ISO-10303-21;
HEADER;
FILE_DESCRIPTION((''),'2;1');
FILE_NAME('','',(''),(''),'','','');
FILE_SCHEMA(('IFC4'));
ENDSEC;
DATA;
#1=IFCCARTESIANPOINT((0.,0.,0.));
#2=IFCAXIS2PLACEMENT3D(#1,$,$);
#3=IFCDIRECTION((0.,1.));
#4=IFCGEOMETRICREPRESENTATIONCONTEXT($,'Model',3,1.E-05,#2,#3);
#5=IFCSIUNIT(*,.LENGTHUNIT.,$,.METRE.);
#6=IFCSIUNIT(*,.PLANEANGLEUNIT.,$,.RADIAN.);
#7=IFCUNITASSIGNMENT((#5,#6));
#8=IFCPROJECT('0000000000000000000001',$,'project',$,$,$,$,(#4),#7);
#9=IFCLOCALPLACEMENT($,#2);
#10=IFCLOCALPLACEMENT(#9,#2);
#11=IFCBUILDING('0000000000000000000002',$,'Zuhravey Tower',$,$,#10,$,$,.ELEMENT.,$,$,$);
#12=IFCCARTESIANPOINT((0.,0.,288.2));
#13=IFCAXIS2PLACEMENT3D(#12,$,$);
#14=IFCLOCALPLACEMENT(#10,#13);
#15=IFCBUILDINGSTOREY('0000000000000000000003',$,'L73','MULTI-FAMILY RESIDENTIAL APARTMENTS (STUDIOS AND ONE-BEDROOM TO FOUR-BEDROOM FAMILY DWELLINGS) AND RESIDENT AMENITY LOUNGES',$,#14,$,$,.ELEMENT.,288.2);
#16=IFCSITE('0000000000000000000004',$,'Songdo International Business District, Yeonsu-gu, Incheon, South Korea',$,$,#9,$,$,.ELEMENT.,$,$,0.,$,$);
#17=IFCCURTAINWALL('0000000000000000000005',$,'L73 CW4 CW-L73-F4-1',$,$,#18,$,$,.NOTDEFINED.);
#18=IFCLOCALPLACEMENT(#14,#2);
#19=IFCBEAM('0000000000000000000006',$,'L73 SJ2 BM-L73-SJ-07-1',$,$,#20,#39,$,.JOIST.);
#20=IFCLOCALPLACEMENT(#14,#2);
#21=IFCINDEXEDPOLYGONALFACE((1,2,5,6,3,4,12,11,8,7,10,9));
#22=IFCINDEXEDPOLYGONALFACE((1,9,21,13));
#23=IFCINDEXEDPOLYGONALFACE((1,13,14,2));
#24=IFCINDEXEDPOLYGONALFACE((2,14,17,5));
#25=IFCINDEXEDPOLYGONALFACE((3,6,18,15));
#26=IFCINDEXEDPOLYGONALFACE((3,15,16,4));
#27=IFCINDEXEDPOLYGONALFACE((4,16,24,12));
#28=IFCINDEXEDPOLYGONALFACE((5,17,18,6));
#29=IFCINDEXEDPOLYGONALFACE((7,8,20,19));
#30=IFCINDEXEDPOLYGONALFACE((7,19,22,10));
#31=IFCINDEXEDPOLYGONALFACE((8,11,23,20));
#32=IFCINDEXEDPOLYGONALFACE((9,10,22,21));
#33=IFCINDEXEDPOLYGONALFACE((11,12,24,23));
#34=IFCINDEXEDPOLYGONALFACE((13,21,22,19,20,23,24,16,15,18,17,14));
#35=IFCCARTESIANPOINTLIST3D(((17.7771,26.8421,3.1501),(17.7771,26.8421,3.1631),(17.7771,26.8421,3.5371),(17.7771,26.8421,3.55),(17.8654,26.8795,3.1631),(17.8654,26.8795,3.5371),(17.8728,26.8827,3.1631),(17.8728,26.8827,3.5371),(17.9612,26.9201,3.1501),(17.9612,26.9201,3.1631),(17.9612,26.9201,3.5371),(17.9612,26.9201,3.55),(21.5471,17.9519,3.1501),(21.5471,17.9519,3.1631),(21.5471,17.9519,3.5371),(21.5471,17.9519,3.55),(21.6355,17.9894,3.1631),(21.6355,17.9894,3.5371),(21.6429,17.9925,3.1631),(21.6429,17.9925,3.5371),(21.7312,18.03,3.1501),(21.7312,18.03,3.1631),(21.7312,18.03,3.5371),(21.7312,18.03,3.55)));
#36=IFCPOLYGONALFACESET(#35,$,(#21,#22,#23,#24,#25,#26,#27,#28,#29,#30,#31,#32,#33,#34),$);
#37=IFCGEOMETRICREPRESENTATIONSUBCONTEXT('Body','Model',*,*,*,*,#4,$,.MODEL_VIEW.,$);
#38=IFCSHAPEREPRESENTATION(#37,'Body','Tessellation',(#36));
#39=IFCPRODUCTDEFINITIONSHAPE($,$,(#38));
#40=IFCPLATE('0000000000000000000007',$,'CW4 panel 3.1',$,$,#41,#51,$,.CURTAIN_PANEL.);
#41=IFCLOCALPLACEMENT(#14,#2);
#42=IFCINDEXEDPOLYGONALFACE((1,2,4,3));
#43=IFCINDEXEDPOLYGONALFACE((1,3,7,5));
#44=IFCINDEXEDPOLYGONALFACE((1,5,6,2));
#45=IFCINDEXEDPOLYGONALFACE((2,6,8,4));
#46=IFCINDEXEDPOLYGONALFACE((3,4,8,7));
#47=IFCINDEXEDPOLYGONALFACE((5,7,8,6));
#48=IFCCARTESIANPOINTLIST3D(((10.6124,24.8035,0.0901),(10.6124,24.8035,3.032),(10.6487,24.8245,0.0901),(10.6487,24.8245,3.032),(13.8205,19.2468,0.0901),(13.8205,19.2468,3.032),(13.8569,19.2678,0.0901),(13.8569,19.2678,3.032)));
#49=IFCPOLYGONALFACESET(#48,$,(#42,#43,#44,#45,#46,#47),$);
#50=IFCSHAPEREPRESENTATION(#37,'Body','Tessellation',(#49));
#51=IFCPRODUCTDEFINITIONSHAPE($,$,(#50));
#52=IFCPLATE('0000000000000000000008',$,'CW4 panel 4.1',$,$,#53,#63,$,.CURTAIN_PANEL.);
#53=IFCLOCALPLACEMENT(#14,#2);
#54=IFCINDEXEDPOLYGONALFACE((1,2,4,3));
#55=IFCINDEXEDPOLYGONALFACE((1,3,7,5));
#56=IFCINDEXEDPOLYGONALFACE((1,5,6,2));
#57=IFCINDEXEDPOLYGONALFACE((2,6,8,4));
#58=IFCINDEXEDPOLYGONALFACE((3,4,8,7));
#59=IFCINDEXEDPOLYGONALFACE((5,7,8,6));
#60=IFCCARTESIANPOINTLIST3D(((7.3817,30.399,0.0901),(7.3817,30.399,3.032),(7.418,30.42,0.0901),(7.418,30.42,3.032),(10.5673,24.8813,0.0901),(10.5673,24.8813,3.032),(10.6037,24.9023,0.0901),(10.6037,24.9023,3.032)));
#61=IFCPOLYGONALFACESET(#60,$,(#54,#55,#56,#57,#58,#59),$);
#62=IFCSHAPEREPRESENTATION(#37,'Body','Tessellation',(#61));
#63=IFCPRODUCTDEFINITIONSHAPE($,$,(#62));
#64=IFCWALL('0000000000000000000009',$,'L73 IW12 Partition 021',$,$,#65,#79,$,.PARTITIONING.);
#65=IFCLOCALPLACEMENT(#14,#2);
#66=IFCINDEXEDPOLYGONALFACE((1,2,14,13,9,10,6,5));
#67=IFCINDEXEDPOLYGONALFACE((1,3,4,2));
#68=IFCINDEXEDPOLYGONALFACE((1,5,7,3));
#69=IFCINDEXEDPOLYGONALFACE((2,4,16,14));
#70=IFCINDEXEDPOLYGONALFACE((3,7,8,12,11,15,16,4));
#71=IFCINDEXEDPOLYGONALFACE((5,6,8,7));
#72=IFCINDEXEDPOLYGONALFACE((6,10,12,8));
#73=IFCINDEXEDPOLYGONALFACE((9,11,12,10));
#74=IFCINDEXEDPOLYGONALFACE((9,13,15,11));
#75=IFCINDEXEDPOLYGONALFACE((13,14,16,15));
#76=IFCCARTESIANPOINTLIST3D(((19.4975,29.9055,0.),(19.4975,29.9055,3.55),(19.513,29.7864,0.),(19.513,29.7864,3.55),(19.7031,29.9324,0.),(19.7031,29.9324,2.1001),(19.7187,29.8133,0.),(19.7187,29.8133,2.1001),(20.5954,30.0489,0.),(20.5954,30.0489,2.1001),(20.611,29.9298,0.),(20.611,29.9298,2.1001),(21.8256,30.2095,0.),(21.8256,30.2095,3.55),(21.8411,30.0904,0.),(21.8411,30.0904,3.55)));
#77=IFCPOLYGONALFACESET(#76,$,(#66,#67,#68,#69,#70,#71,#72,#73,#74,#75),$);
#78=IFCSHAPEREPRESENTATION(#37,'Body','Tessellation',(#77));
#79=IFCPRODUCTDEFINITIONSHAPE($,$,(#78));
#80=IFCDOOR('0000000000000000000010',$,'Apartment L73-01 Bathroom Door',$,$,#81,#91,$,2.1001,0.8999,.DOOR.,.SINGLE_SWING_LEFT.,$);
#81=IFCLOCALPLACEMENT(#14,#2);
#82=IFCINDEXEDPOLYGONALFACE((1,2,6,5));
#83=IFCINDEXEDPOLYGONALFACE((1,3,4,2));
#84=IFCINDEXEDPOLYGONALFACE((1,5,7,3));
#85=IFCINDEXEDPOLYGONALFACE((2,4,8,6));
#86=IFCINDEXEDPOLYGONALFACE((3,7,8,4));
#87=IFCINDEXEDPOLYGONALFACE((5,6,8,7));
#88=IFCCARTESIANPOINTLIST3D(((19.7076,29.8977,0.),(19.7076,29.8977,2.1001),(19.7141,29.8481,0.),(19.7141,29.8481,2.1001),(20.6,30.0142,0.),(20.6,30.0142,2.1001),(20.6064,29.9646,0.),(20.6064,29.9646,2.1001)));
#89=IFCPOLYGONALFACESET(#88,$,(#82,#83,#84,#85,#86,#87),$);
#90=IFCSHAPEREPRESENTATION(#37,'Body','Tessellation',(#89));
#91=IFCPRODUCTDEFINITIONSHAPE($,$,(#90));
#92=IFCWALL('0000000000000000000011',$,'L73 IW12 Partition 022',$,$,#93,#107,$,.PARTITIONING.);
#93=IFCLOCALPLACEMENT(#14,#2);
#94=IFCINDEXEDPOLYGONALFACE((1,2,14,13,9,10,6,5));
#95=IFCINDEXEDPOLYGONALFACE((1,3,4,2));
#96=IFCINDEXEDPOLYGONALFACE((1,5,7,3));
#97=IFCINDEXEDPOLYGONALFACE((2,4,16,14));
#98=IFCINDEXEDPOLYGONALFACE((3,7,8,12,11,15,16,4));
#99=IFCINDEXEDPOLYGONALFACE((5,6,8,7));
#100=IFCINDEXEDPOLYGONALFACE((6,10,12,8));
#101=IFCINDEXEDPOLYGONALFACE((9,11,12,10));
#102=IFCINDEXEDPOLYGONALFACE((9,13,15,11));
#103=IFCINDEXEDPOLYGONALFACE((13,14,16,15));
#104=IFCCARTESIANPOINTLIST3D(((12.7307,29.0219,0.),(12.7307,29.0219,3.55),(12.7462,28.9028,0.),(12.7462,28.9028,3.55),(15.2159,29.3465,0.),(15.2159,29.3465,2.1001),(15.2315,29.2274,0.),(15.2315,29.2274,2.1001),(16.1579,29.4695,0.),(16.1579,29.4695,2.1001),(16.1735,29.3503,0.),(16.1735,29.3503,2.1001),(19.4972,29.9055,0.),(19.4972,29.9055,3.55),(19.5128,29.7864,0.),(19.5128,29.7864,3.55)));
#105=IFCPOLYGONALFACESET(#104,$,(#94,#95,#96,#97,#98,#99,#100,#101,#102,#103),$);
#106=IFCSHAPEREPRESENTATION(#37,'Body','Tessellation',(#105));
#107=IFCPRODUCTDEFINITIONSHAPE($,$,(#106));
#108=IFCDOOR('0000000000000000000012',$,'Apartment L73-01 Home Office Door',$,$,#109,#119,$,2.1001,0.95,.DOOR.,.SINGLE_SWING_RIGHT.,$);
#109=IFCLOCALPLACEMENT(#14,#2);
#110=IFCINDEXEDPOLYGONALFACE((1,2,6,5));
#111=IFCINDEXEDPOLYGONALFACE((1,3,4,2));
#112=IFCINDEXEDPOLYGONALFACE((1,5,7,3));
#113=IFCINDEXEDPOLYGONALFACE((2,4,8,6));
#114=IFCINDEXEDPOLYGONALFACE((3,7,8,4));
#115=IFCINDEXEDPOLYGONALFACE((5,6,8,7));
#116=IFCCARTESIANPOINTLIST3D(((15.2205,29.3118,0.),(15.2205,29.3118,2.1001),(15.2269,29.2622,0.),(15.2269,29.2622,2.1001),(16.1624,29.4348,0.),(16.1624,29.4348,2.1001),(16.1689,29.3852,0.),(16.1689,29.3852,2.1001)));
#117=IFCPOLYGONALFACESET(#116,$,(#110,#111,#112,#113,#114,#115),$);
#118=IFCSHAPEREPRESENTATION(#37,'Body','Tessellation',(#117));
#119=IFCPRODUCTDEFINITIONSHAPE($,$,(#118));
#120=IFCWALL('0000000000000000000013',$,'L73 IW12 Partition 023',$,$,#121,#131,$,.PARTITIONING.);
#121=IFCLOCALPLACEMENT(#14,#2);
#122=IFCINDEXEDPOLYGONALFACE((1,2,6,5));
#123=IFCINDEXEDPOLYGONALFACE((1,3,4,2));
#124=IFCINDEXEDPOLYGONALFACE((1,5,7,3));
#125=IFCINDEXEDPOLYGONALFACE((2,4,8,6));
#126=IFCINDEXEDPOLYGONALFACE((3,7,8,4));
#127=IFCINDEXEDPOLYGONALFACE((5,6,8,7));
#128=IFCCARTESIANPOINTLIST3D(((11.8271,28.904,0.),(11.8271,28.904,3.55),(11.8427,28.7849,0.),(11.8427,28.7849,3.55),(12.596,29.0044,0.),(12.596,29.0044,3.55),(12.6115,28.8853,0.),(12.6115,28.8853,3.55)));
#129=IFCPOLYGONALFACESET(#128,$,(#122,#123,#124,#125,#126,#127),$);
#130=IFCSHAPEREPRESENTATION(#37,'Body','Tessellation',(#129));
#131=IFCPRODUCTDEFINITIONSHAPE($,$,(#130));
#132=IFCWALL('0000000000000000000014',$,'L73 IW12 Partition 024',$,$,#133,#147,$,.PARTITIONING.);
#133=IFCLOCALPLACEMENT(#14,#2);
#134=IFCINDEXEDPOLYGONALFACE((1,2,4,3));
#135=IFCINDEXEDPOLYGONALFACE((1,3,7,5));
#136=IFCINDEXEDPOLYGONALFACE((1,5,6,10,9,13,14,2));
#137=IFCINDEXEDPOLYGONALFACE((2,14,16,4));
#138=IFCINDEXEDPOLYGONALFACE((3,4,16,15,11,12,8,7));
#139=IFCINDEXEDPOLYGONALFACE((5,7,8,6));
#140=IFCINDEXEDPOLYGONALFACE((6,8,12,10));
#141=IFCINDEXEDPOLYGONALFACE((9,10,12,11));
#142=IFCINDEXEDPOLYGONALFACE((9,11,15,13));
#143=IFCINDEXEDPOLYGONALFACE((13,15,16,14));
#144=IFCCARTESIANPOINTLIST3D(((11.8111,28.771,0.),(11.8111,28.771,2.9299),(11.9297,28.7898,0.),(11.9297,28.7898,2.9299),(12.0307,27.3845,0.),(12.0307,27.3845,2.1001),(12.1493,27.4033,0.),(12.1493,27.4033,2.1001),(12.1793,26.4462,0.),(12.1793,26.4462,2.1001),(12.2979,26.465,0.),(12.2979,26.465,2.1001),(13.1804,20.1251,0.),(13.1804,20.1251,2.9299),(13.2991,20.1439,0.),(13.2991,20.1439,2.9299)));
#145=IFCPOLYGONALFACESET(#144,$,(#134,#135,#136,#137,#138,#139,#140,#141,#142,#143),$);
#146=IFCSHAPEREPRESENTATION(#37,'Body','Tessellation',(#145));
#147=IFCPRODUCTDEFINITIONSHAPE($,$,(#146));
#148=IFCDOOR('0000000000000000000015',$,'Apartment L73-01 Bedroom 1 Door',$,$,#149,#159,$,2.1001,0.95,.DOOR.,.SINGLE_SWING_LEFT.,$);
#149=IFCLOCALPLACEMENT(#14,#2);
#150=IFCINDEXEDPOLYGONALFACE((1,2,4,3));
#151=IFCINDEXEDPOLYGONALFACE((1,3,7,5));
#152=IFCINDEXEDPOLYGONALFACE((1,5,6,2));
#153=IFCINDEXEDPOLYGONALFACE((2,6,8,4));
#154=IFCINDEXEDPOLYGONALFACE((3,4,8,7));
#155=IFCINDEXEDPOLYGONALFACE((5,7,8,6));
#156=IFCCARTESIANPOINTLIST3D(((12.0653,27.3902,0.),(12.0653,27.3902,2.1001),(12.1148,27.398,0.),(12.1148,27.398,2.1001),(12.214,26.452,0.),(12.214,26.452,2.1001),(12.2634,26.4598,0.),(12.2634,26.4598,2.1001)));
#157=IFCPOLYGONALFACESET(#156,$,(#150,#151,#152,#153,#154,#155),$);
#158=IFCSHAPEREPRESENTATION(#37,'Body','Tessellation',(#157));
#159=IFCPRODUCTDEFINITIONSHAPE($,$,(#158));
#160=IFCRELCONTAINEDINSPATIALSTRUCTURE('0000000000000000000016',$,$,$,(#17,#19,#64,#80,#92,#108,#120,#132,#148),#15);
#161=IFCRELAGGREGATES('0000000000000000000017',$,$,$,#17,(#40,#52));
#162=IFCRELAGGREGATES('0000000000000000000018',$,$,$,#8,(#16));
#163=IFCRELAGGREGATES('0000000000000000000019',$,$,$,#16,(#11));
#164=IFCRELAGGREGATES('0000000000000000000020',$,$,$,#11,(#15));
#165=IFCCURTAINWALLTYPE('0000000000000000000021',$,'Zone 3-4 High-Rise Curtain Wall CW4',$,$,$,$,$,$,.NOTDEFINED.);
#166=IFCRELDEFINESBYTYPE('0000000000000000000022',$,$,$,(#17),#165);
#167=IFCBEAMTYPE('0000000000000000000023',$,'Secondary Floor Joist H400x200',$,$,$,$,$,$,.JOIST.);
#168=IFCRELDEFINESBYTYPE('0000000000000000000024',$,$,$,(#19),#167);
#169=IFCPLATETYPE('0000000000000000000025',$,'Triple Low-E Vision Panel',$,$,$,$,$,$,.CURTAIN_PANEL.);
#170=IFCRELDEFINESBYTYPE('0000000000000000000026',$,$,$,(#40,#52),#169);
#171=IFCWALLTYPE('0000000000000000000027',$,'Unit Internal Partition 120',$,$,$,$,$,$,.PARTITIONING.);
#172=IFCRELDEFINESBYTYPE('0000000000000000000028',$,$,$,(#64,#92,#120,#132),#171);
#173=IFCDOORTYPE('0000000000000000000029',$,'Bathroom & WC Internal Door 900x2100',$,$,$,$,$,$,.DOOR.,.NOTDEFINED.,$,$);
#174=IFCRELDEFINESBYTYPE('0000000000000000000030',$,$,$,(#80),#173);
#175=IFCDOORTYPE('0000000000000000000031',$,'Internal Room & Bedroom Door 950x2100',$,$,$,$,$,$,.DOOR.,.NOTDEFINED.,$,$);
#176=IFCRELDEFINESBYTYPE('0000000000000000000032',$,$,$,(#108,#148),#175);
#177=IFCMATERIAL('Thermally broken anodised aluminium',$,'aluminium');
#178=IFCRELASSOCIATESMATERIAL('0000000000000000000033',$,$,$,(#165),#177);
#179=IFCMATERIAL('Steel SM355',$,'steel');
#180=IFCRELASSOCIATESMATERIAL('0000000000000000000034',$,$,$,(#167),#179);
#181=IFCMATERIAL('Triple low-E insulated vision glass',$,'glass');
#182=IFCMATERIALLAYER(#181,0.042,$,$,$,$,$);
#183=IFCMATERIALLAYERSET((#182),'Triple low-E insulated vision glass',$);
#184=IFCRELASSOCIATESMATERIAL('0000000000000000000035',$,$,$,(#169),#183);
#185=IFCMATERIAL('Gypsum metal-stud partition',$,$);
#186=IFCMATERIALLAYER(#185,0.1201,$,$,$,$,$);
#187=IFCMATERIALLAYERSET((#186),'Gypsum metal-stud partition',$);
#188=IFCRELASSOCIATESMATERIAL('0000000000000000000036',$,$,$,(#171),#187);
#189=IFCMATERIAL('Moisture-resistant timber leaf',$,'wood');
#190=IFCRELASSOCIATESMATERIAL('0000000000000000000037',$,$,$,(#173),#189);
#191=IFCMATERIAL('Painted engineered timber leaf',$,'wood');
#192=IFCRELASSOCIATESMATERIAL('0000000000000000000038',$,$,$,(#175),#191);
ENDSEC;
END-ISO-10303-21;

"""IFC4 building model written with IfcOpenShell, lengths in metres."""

from ifc_helpers import new_model, si_unit, direction, frame, frame_2d, origin, origin_2d, place, context, subcontext, project, spatial, rectangle, i_section, extrude, material, layer, layer_set, material_profile, profile_set, type_object, element, fill, aggregate, save


model = new_model("IFC4")

# Units and contexts
model_context = context("Model", 3, precision=1e-05, world=origin(), true_north=direction((0.0, 1.0)))
body_context = subcontext(model_context, "Body", "Model", "MODEL_VIEW")
ifc_project = project(units=[si_unit("LENGTHUNIT", "METRE"), si_unit("PLANEANGLEUNIT", "RADIAN")], contexts=[model_context])

# Site, building, storey
site_placement = place(None, origin())
site = spatial("IfcSite", under=ifc_project, at=site_placement, Name="Songdo International Business District, Yeonsu-gu, Incheon, South Korea", CompositionType="ELEMENT", RefElevation=0.0)
building_placement = place(site_placement, origin())
building = spatial("IfcBuilding", under=site, at=building_placement, Name="Zuhravey Tower", CompositionType="ELEMENT")
storey_placement = place(building_placement, frame((0.0, 0.0, 288.2)))
storey = spatial("IfcBuildingStorey", under=building, at=storey_placement, Name="L73", Description="MULTI-FAMILY RESIDENTIAL APARTMENTS (STUDIOS AND ONE-BEDROOM TO FOUR-BEDROOM FAMILY DWELLINGS) AND RESIDENT AMENITY LOUNGES", CompositionType="ELEMENT", Elevation=288.2)

# Curtain wall
ifc_material_1 = material(Name="Thermally broken anodised aluminium", Category="aluminium")
curtain_wall_type = type_object("IfcCurtainWallType", Name="Zone 3-4 High-Rise Curtain Wall CW4", PredefinedType="NOTDEFINED", material=ifc_material_1)
curtain_wall_placement = place(storey_placement, origin())
curtain_wall = element("IfcCurtainWall", 1, at=curtain_wall_placement, inside=storey, type_object=curtain_wall_type, Name="L73 CW4 CW-L73-F4-1", PredefinedType="NOTDEFINED")

# Beam
ifc_material_2 = material(Name="Steel SM355", Category="steel")
ifc_material_profile_1 = material_profile(ifc_material_2, i_section(OverallWidth=0.2, OverallDepth=0.3999, WebThickness=0.0081, FlangeThickness=0.0129, at=origin_2d()), Name="H-400x200x8x13")
ifc_profile_set_1 = profile_set([ifc_material_profile_1], Name="Steel SM355")
beam_type_1 = type_object("IfcBeamType", Name="Secondary Floor Joist H400x200", PredefinedType="JOIST", material=ifc_profile_set_1)
beam_1_placement = place(storey_placement, frame((17.8691, 26.8811, 3.3501), z_axis=(0.390413, -0.92064, 0.0), x_axis=(0.92064, 0.390413, 0.0)))
element("IfcBeam", 2, at=beam_1_placement, inside=storey, type_object=beam_type_1, Name="L73 SJ2 BM-L73-SJ-07-1", PredefinedType="JOIST", context=body_context, shape_type="SweptSolid", body=[
    extrude(i_section(OverallWidth=0.2, OverallDepth=0.3999, WebThickness=0.0081, FlangeThickness=0.0129, at=origin_2d()), origin(), (0.0, 0.0, 1.0), 9.6565),
])

# Plates
ifc_material_3 = material(Name="Triple low-E insulated vision glass", Category="glass")
ifc_layer_1 = layer(ifc_material_3, 0.042)
ifc_layer_set_1 = layer_set([ifc_layer_1], Name="Triple low-E insulated vision glass")
plate_type = type_object("IfcPlateType", Name="Triple Low-E Vision Panel", PredefinedType="CURTAIN_PANEL", material=ifc_layer_set_1)
plate_1_placement = place(storey_placement, frame((12.2346, 22.0356, 0.0901), z_axis=(0.0, 0.0, 1.0), x_axis=(-0.500001, 0.866025, 0.0)))
plate_1 = element("IfcPlate", 3, at=plate_1_placement, type_object=plate_type, Name="CW4 panel 3.1", PredefinedType="CURTAIN_PANEL", context=body_context, shape_type="SweptSolid", body=[
    extrude(rectangle(XDim=6.4163, YDim=0.042, at=origin_2d()), origin(), (0.0, 0.0, 1.0), 2.9419),
])
plate_2_placement = place(storey_placement, frame((8.9927, 27.6506, 0.0901), z_axis=(0.0, 0.0, 1.0), x_axis=(-0.500001, 0.866025, 0.0)))
plate_2 = element("IfcPlate", 4, at=plate_2_placement, type_object=plate_type, Name="CW4 panel 4.1", PredefinedType="CURTAIN_PANEL", context=body_context, shape_type="SweptSolid", body=[
    extrude(rectangle(XDim=6.3713, YDim=0.042, at=origin_2d()), origin(), (0.0, 0.0, 1.0), 2.9419),
])
aggregate(curtain_wall, [plate_1, plate_2])

# Walls, openings, doors
ifc_material_4 = material(Name="Gypsum metal-stud partition")
ifc_layer_2 = layer(ifc_material_4, 0.1201)
ifc_layer_set_2 = layer_set([ifc_layer_2], Name="Gypsum metal-stud partition")
wall_type = type_object("IfcWallType", Name="Unit Internal Partition 120", PredefinedType="PARTITIONING", material=ifc_layer_set_2)
wall_1_placement = place(storey_placement, frame((21.8333, 30.1499, 0.0), z_axis=(0.0, 0.0, 1.0), x_axis=(-0.991585, -0.129459, 0.0)))
wall_1 = element("IfcWall", 5, at=wall_1_placement, inside=storey, type_object=wall_type, Name="L73 IW12 Partition 021", PredefinedType="PARTITIONING", context=body_context, shape_type="SweptSolid", body=[
    extrude(rectangle(XDim=2.3479, YDim=0.1201, at=frame_2d((1.1738, 0.0))), origin(), (0.0, 0.0, 1.0), 3.55),
])
opening_1_placement = place(wall_1_placement, frame((1.2405, 0.0, 0.0)))
opening_1 = element("IfcOpeningElement", 6, at=opening_1_placement, cuts=wall_1, PredefinedType="OPENING", context=body_context, shape_type="SweptSolid", body=[
    extrude(rectangle(XDim=0.8999, YDim=2.1001, at=frame_2d((0.45, 1.05))), frame((0.0, 0.072, 0.0), z_axis=(0.0, -1.0, 0.0), x_axis=(1.0, 0.0, 0.0)), (0.0, 0.0, 1.0), 0.144),
])
ifc_material_5 = material(Name="Moisture-resistant timber leaf", Category="wood")
door_type_1 = type_object("IfcDoorType", Name="Bathroom & WC Internal Door 900x2100", OperationType="NOTDEFINED", PredefinedType="DOOR", material=ifc_material_5)
door_1_placement = place(opening_1_placement, origin())
door_1 = element("IfcDoor", 7, at=door_1_placement, inside=storey, type_object=door_type_1, Name="Apartment L73-01 Bathroom Door", OperationType="SINGLE_SWING_LEFT", OverallHeight=2.1001, OverallWidth=0.8999, PredefinedType="DOOR", context=body_context, shape_type="SweptSolid", body=[
    extrude(rectangle(XDim=0.8999, YDim=2.1001, at=frame_2d((0.45, 1.05))), frame((0.0, 0.0249, 0.0), z_axis=(0.0, -1.0, 0.0), x_axis=(1.0, 0.0, 0.0)), (0.0, 0.0, 1.0), 0.05),
])
fill(opening_1, door_1)
wall_2_placement = place(storey_placement, frame((19.5051, 29.8459, 0.0), z_axis=(0.0, 0.0, 1.0), x_axis=(-0.991583, -0.129475, 0.0)))
wall_2 = element("IfcWall", 8, at=wall_2_placement, inside=storey, type_object=wall_type, Name="L73 IW12 Partition 022", PredefinedType="PARTITIONING", context=body_context, shape_type="SweptSolid", body=[
    extrude(rectangle(XDim=6.824, YDim=0.1201, at=frame_2d((3.4121, 0.0))), origin(), (0.0, 0.0, 1.0), 3.55),
])
opening_2_placement = place(wall_2_placement, frame((3.3677, 0.0, 0.0)))
opening_2 = element("IfcOpeningElement", 9, at=opening_2_placement, cuts=wall_2, PredefinedType="OPENING", context=body_context, shape_type="SweptSolid", body=[
    extrude(rectangle(XDim=0.95, YDim=2.1001, at=frame_2d((0.4751, 1.05))), frame((0.0, 0.072, 0.0), z_axis=(0.0, -1.0, 0.0), x_axis=(1.0, 0.0, 0.0)), (0.0, 0.0, 1.0), 0.144),
])
ifc_material_6 = material(Name="Painted engineered timber leaf", Category="wood")
door_type_2 = type_object("IfcDoorType", Name="Internal Room & Bedroom Door 950x2100", OperationType="NOTDEFINED", PredefinedType="DOOR", material=ifc_material_6)
door_2_placement = place(opening_2_placement, origin())
door_2 = element("IfcDoor", 10, at=door_2_placement, inside=storey, type_object=door_type_2, Name="Apartment L73-01 Home Office Door", OperationType="SINGLE_SWING_RIGHT", OverallHeight=2.1001, OverallWidth=0.95, PredefinedType="DOOR", context=body_context, shape_type="SweptSolid", body=[
    extrude(rectangle(XDim=0.95, YDim=2.1001, at=frame_2d((0.4751, 1.05))), frame((0.0, 0.0249, 0.0), z_axis=(0.0, -1.0, 0.0), x_axis=(1.0, 0.0, 0.0)), (0.0, 0.0, 1.0), 0.05),
])
fill(opening_2, door_2)

# Wall
wall_3_placement = place(storey_placement, frame((12.6038, 28.9448, 0.0), z_axis=(0.0, 0.0, 1.0), x_axis=(-0.99159, -0.12942, 0.0)))
element("IfcWall", 11, at=wall_3_placement, inside=storey, type_object=wall_type, Name="L73 IW12 Partition 023", PredefinedType="PARTITIONING", context=body_context, shape_type="SweptSolid", body=[
    extrude(rectangle(XDim=0.7754, YDim=0.1201, at=frame_2d((0.3877, 0.0))), origin(), (0.0, 0.0, 1.0), 3.55),
])

# Wall, opening, door
wall_4_placement = place(storey_placement, frame((11.8704, 28.7805, 0.0), z_axis=(0.0, 0.0, 1.0), x_axis=(0.156434, -0.987688, 0.0)))
wall_4 = element("IfcWall", 12, at=wall_4_placement, inside=storey, type_object=wall_type, Name="L73 IW12 Partition 024", PredefinedType="PARTITIONING", context=body_context, shape_type="SweptSolid", body=[
    extrude(rectangle(XDim=8.7537, YDim=0.1201, at=frame_2d((4.377, 0.0))), origin(), (0.0, 0.0, 1.0), 2.9299),
])
opening_3_placement = place(wall_4_placement, frame((1.4038, 0.0, 0.0)))
opening_3 = element("IfcOpeningElement", 13, at=opening_3_placement, cuts=wall_4, PredefinedType="OPENING", context=body_context, shape_type="SweptSolid", body=[
    extrude(rectangle(XDim=0.95, YDim=2.1001, at=frame_2d((0.4751, 1.05))), frame((0.0, 0.072, 0.0), z_axis=(0.0, -1.0, 0.0), x_axis=(1.0, 0.0, 0.0)), (0.0, 0.0, 1.0), 0.144),
])
door_3_placement = place(opening_3_placement, frame((0.95, 0.0, 0.0), z_axis=(0.0, 0.0, 1.0), x_axis=(-1.0, 0.0, 0.0)))
door_3 = element("IfcDoor", 14, at=door_3_placement, inside=storey, type_object=door_type_2, Name="Apartment L73-01 Bedroom 1 Door", OperationType="SINGLE_SWING_LEFT", OverallHeight=2.1001, OverallWidth=0.95, PredefinedType="DOOR", context=body_context, shape_type="SweptSolid", body=[
    extrude(rectangle(XDim=0.95, YDim=2.1001, at=frame_2d((0.4751, 1.05))), frame((0.0, 0.0249, 0.0), z_axis=(0.0, -1.0, 0.0), x_axis=(1.0, 0.0, 0.0)), (0.0, 0.0, 1.0), 0.05),
])
fill(opening_3, door_3)

save(model, "model.ifc")
